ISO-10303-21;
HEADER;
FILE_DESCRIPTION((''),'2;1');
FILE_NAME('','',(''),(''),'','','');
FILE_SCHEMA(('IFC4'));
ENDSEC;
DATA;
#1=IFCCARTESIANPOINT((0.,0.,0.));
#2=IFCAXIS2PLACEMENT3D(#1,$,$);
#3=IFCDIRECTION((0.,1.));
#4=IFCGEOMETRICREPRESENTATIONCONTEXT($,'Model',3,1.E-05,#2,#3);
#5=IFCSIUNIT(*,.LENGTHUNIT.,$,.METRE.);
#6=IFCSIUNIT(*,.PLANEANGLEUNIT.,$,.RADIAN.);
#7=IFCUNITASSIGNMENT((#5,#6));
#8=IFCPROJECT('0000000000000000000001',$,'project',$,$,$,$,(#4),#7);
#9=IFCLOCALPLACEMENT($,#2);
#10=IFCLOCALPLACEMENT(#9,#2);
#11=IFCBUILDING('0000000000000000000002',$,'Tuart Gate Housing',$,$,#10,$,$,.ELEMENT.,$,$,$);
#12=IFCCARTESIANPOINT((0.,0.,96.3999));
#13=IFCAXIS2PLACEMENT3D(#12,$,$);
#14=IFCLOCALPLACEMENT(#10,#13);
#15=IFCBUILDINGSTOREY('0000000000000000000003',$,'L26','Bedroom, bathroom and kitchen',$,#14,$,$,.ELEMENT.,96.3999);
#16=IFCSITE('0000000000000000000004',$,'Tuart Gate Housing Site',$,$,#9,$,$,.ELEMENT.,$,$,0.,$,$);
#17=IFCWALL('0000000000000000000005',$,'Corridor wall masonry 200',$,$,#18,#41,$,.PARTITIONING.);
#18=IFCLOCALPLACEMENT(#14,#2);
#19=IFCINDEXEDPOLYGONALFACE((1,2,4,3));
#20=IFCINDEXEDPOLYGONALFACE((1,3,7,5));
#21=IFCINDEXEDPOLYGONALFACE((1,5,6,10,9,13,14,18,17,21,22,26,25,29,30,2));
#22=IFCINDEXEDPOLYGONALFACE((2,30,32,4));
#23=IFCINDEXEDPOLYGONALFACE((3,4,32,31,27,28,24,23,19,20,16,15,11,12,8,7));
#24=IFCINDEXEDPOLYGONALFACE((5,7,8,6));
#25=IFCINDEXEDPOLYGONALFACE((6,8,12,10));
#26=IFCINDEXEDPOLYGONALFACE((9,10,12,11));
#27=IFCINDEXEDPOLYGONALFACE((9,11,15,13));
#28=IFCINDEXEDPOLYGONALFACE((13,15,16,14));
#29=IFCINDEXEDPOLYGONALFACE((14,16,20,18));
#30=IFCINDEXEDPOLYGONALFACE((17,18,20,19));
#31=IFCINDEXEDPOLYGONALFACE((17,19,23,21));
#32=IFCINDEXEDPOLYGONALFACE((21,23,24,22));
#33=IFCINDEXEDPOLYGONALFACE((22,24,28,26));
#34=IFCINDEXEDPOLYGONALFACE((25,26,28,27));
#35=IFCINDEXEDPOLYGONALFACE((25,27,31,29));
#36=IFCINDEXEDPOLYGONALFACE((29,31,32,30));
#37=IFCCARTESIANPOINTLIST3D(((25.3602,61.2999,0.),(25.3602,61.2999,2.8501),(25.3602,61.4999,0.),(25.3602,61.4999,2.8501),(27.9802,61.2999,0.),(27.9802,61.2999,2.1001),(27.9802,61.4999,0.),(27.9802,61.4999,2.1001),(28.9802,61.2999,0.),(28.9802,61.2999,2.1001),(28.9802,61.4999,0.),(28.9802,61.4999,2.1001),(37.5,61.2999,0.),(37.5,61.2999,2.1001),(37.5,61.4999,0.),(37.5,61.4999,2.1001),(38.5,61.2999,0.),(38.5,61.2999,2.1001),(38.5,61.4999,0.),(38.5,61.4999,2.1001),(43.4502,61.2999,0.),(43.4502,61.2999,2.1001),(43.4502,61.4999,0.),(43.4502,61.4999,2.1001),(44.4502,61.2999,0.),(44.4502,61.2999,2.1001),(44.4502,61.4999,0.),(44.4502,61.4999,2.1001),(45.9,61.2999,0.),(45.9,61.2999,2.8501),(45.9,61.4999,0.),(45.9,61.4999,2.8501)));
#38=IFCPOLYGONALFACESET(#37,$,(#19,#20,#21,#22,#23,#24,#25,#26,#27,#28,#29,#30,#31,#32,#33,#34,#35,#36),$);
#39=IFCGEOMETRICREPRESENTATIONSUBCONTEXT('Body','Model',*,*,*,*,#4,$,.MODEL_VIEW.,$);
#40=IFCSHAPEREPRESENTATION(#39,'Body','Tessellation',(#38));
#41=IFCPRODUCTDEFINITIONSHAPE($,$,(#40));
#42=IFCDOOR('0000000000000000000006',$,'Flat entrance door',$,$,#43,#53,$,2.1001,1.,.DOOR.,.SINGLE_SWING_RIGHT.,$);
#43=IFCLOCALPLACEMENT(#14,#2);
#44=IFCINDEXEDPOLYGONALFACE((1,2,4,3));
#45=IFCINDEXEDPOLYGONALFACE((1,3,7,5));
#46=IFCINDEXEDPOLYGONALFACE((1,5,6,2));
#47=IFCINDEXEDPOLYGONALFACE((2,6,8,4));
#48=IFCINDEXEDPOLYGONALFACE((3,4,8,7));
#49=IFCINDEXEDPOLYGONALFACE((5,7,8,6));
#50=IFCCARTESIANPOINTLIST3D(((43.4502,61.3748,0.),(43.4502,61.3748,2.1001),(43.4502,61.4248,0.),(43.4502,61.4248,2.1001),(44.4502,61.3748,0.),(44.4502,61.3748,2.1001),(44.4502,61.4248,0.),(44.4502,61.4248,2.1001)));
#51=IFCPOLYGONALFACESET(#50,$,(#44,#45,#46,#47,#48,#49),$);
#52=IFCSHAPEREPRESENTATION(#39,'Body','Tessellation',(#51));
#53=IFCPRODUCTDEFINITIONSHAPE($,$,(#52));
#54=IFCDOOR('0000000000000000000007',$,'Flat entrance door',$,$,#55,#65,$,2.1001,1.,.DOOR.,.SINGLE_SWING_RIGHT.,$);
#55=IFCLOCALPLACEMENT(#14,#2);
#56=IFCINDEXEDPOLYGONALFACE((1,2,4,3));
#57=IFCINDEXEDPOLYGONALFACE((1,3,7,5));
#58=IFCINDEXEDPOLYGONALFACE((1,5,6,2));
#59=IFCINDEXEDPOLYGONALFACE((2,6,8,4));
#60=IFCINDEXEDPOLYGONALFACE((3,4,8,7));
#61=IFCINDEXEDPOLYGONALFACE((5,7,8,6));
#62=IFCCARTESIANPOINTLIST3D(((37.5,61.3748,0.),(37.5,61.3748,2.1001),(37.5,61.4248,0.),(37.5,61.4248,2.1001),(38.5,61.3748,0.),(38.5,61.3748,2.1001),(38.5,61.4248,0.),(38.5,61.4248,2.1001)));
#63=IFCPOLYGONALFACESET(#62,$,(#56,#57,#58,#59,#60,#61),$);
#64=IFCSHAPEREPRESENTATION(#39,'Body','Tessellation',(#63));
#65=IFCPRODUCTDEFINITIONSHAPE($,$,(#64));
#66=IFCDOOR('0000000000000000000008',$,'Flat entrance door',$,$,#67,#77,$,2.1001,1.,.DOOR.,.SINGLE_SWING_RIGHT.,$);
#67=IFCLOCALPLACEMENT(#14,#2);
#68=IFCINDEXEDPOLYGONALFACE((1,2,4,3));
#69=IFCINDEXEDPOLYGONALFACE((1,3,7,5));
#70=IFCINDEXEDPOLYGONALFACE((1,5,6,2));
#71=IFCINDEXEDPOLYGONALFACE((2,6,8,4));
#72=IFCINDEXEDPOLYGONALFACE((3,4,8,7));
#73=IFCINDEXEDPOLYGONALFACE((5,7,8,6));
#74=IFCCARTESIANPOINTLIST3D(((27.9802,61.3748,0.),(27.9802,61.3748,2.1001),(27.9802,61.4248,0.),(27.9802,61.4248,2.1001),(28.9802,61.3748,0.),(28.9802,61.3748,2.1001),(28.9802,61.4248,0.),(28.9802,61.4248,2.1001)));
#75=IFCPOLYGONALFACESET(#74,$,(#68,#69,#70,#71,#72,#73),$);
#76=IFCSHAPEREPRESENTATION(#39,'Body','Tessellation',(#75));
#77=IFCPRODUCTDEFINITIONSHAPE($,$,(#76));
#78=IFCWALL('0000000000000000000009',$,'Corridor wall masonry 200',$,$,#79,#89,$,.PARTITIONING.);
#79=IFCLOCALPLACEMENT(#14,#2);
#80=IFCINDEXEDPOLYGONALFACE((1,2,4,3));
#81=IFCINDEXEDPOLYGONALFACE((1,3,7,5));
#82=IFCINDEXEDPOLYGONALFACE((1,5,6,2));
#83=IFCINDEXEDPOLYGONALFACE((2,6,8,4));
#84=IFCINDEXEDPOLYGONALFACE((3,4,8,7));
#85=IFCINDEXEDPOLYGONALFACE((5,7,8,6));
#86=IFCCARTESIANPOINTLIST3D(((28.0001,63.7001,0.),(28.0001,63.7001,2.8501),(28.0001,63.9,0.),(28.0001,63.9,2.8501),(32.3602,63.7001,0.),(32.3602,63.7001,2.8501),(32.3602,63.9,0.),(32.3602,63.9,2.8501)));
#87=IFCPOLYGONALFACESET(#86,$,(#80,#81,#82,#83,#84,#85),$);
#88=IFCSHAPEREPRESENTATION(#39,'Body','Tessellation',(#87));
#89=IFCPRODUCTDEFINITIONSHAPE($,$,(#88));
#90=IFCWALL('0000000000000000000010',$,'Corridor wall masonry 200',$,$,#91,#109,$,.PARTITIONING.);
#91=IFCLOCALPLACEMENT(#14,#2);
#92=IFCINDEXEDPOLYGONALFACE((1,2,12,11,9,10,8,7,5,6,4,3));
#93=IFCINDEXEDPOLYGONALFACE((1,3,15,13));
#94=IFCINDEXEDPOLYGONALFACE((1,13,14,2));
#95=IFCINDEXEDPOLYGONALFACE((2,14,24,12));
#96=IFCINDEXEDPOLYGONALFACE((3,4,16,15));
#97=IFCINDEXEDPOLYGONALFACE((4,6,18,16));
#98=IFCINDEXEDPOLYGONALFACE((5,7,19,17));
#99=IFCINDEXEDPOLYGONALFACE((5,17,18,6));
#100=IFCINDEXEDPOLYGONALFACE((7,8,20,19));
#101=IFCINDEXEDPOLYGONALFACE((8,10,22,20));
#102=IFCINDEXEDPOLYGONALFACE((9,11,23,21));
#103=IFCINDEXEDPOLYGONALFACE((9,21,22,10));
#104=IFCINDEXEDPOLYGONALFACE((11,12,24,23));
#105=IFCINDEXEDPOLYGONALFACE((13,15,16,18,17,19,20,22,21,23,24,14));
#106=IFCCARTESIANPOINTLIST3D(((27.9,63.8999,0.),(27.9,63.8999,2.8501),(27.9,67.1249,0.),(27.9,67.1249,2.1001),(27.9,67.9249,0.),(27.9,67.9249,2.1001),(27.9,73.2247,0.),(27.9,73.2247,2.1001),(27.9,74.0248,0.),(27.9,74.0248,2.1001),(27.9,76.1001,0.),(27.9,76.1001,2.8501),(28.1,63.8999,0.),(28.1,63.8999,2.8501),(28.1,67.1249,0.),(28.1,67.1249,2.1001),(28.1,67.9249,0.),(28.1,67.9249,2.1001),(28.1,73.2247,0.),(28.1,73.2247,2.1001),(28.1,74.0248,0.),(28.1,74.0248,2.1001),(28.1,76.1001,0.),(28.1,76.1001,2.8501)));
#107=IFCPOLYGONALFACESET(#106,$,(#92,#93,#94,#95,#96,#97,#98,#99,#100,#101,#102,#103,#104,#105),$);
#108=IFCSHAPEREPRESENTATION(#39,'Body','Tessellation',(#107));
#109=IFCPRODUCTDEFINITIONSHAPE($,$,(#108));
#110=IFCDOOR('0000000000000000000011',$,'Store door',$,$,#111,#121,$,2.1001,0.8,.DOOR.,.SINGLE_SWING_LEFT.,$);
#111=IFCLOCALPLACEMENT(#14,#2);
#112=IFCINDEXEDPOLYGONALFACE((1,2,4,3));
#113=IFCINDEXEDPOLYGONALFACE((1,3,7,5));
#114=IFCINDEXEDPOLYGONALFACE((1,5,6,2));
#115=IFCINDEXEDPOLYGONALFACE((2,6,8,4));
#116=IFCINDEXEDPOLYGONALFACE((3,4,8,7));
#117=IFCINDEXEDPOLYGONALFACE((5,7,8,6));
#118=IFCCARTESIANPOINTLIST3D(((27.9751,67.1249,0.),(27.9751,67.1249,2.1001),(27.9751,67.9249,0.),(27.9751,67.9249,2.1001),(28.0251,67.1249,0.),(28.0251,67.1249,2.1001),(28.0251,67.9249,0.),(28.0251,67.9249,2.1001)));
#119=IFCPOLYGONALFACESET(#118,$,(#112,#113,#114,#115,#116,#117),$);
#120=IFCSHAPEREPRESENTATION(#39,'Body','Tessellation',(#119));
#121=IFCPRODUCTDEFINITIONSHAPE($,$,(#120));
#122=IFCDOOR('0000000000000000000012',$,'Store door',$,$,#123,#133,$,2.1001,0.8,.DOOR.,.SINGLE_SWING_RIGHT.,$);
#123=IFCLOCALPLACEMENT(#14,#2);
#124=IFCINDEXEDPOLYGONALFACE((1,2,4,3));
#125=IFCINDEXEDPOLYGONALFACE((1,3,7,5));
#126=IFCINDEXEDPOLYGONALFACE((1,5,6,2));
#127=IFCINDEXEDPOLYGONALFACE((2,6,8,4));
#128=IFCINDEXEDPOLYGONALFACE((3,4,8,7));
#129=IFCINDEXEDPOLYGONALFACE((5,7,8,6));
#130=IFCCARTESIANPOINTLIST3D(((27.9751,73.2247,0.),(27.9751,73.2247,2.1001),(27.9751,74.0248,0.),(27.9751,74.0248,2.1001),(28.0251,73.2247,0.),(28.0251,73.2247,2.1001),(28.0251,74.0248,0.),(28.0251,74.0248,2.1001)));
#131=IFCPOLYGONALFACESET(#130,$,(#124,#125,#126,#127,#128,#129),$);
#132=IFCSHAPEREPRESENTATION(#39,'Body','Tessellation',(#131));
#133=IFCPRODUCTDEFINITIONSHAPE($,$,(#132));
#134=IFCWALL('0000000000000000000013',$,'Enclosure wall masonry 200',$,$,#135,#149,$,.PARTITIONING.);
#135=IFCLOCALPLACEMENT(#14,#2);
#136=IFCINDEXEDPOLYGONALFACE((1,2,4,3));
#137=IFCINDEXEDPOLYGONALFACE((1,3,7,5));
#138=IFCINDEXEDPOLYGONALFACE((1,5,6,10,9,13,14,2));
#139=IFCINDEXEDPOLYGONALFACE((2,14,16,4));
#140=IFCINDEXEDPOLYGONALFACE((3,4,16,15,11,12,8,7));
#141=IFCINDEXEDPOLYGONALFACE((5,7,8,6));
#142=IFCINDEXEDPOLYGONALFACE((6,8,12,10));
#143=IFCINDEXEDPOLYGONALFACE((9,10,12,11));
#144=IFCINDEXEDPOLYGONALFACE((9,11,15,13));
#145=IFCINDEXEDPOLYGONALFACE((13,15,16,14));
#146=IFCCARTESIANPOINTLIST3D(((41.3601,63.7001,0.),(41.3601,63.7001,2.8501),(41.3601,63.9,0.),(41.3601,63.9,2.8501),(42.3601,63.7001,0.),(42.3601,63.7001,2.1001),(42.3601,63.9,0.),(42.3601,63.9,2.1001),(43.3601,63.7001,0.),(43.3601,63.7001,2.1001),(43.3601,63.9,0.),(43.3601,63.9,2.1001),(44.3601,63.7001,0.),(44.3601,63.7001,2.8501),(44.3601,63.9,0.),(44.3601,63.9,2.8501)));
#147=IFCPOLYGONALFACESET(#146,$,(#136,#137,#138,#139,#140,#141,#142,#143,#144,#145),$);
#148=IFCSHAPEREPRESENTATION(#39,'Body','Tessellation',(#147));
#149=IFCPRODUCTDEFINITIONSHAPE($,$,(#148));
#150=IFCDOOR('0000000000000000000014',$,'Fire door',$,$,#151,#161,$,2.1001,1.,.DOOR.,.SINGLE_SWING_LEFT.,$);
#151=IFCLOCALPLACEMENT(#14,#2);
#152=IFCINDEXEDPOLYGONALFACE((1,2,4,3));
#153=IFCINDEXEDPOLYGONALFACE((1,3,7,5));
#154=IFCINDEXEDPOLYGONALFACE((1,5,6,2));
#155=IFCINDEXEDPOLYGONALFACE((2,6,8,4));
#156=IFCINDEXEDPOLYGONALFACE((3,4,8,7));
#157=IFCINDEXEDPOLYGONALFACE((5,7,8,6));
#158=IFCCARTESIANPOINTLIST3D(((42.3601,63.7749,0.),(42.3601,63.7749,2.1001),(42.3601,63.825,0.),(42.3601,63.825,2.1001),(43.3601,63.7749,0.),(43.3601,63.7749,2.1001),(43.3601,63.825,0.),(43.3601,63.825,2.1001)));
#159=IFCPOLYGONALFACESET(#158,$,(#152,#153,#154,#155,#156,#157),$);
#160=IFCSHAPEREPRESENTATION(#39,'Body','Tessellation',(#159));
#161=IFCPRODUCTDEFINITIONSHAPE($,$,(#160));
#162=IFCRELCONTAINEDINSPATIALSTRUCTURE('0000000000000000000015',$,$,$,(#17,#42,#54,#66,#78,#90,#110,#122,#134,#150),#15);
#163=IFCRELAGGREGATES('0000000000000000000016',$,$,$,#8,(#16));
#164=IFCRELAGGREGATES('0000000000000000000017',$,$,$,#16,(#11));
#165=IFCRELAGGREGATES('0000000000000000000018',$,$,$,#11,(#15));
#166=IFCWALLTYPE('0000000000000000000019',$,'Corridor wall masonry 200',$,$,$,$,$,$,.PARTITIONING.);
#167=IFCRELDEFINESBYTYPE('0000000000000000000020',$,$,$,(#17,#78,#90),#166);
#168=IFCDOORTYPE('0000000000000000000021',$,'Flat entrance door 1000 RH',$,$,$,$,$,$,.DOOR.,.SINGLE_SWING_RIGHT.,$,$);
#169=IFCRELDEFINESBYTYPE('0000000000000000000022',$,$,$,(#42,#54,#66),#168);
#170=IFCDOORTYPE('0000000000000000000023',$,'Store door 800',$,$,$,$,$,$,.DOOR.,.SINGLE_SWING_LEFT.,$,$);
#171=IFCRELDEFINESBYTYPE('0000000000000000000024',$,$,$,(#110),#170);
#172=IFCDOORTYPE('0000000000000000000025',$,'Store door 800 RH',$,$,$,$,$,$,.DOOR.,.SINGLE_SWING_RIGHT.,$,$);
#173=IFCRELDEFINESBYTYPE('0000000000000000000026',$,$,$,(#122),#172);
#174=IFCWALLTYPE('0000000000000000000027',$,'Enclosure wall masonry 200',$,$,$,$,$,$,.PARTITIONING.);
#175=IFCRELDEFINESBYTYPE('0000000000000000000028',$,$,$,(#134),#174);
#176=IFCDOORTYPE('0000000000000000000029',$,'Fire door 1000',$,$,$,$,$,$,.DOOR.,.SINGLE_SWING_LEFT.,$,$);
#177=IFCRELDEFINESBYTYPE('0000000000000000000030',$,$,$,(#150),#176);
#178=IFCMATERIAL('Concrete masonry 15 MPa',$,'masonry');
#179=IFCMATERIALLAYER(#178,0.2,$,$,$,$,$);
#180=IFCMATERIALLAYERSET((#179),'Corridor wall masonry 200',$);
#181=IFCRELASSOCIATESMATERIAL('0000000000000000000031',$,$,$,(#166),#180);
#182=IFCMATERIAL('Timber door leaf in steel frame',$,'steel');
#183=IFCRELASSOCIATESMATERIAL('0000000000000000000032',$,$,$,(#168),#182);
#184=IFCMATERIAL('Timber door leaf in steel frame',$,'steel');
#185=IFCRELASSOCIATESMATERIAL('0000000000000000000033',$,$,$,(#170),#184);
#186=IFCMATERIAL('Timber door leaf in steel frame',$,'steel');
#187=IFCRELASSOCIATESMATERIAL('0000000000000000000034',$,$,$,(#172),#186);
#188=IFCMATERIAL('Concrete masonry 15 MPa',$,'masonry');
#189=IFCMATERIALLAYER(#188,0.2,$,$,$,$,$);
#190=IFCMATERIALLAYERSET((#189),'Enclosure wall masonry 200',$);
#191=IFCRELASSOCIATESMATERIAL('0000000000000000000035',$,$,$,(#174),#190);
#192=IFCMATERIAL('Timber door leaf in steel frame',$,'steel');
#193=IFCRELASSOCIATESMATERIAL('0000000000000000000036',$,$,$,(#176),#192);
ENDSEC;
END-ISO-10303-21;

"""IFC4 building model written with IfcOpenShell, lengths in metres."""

from ifc_helpers import new_model, si_unit, direction, frame, frame_2d, origin, place, context, subcontext, project, spatial, rectangle, extrude, material, layer, layer_set, type_object, element, fill, save


model = new_model("IFC4")

# Units and contexts
model_context = context("Model", 3, precision=1e-05, world=origin(), true_north=direction((0.0, 1.0)))
body_context = subcontext(model_context, "Body", "Model", "MODEL_VIEW")
ifc_project = project(units=[si_unit("LENGTHUNIT", "METRE"), si_unit("PLANEANGLEUNIT", "RADIAN")], contexts=[model_context])

# Site, building, storey
site_placement = place(None, origin())
site = spatial("IfcSite", under=ifc_project, at=site_placement, Name="Tuart Gate Housing Site", CompositionType="ELEMENT", RefElevation=0.0)
building_placement = place(site_placement, origin())
building = spatial("IfcBuilding", under=site, at=building_placement, Name="Tuart Gate Housing", CompositionType="ELEMENT")
storey_placement = place(building_placement, frame((0.0, 0.0, 96.3999)))
storey = spatial("IfcBuildingStorey", under=building, at=storey_placement, Name="L26", Description="Bedroom, bathroom and kitchen", CompositionType="ELEMENT", Elevation=96.3999)

# Wall, openings, doors
ifc_material_1 = material(Name="Concrete masonry 15 MPa", Category="masonry")
ifc_layer_1 = layer(ifc_material_1, 0.2)
ifc_layer_set_1 = layer_set([ifc_layer_1], Name="Corridor wall masonry 200")
wall_type_1 = type_object("IfcWallType", Name="Corridor wall masonry 200", PredefinedType="PARTITIONING", material=ifc_layer_set_1)
wall_1_placement = place(storey_placement, frame((25.3601, 61.3999, 0.0), z_axis=(0.0, 0.0, 1.0), x_axis=(1.0, 0.0, 0.0)))
wall_1 = element("IfcWall", 1, at=wall_1_placement, inside=storey, type_object=wall_type_1, Name="Corridor wall masonry 200", PredefinedType="PARTITIONING", context=body_context, shape_type="SweptSolid", body=[
    extrude(rectangle(XDim=20.5398, YDim=0.2, at=frame_2d((10.27, 0.0))), origin(), (0.0, 0.0, 1.0), 2.8501),
])
opening_1_placement = place(wall_1_placement, frame((18.0901, 0.0, 0.0)))
opening_1 = element("IfcOpeningElement", 2, at=opening_1_placement, cuts=wall_1, PredefinedType="OPENING", context=body_context, shape_type="SweptSolid", body=[
    extrude(rectangle(XDim=1.0, YDim=2.1001, at=frame_2d((0.5, 1.05))), frame((0.0, 0.1099, 0.0), z_axis=(0.0, -1.0, 0.0), x_axis=(1.0, 0.0, 0.0)), (0.0, 0.0, 1.0), 0.22),
])
opening_2_placement = place(wall_1_placement, frame((12.1399, 0.0, 0.0)))
opening_2 = element("IfcOpeningElement", 3, at=opening_2_placement, cuts=wall_1, PredefinedType="OPENING", context=body_context, shape_type="SweptSolid", body=[
    extrude(rectangle(XDim=1.0, YDim=2.1001, at=frame_2d((0.5, 1.05))), frame((0.0, 0.1099, 0.0), z_axis=(0.0, -1.0, 0.0), x_axis=(1.0, 0.0, 0.0)), (0.0, 0.0, 1.0), 0.22),
])
opening_3_placement = place(wall_1_placement, frame((2.6201, 0.0, 0.0)))
opening_3 = element("IfcOpeningElement", 4, at=opening_3_placement, cuts=wall_1, PredefinedType="OPENING", context=body_context, shape_type="SweptSolid", body=[
    extrude(rectangle(XDim=1.0, YDim=2.1001, at=frame_2d((0.5, 1.05))), frame((0.0, 0.1099, 0.0), z_axis=(0.0, -1.0, 0.0), x_axis=(1.0, 0.0, 0.0)), (0.0, 0.0, 1.0), 0.22),
])
ifc_material_2 = material(Name="Timber door leaf in steel frame", Category="steel")
door_type_1 = type_object("IfcDoorType", Name="Flat entrance door 1000 RH", OperationType="SINGLE_SWING_RIGHT", PredefinedType="DOOR", material=ifc_material_2)
door_1_placement = place(opening_1_placement, frame((1.0, 0.0, 0.0), z_axis=(0.0, 0.0, 1.0), x_axis=(-1.0, 0.0, 0.0)))
door_1 = element("IfcDoor", 5, at=door_1_placement, inside=storey, type_object=door_type_1, Name="Flat entrance door", OperationType="SINGLE_SWING_RIGHT", OverallHeight=2.1001, OverallWidth=1.0, PredefinedType="DOOR", context=body_context, shape_type="SweptSolid", body=[
    extrude(rectangle(XDim=1.0, YDim=2.1001, at=frame_2d((0.5, 1.05))), frame((0.0, 0.0251, 0.0), z_axis=(0.0, -1.0, 0.0), x_axis=(1.0, 0.0, 0.0)), (0.0, 0.0, 1.0), 0.05),
])
fill(opening_1, door_1)
door_2_placement = place(opening_2_placement, frame((1.0, 0.0, 0.0), z_axis=(0.0, 0.0, 1.0), x_axis=(-1.0, 0.0, 0.0)))
door_2 = element("IfcDoor", 6, at=door_2_placement, inside=storey, type_object=door_type_1, Name="Flat entrance door", OperationType="SINGLE_SWING_RIGHT", OverallHeight=2.1001, OverallWidth=1.0, PredefinedType="DOOR", context=body_context, shape_type="SweptSolid", body=[
    extrude(rectangle(XDim=1.0, YDim=2.1001, at=frame_2d((0.5, 1.05))), frame((0.0, 0.0251, 0.0), z_axis=(0.0, -1.0, 0.0), x_axis=(1.0, 0.0, 0.0)), (0.0, 0.0, 1.0), 0.05),
])
fill(opening_2, door_2)
door_3_placement = place(opening_3_placement, frame((1.0, 0.0, 0.0), z_axis=(0.0, 0.0, 1.0), x_axis=(-1.0, 0.0, 0.0)))
door_3 = element("IfcDoor", 7, at=door_3_placement, inside=storey, type_object=door_type_1, Name="Flat entrance door", OperationType="SINGLE_SWING_RIGHT", OverallHeight=2.1001, OverallWidth=1.0, PredefinedType="DOOR", context=body_context, shape_type="SweptSolid", body=[
    extrude(rectangle(XDim=1.0, YDim=2.1001, at=frame_2d((0.5, 1.05))), frame((0.0, 0.0251, 0.0), z_axis=(0.0, -1.0, 0.0), x_axis=(1.0, 0.0, 0.0)), (0.0, 0.0, 1.0), 0.05),
])
fill(opening_3, door_3)

# Wall
wall_2_placement = place(storey_placement, frame((28.0, 63.8, 0.0), z_axis=(0.0, 0.0, 1.0), x_axis=(1.0, 0.0, 0.0)))
element("IfcWall", 8, at=wall_2_placement, inside=storey, type_object=wall_type_1, Name="Corridor wall masonry 200", PredefinedType="PARTITIONING", context=body_context, shape_type="SweptSolid", body=[
    extrude(rectangle(XDim=4.3601, YDim=0.2, at=frame_2d((2.1802, 0.0))), origin(), (0.0, 0.0, 1.0), 2.8501),
])

# Wall, openings, doors
wall_3_placement = place(storey_placement, frame((28.0, 63.8999, 0.0), z_axis=(0.0, 0.0, 1.0), x_axis=(0.0, 1.0, 0.0)))
wall_3 = element("IfcWall", 9, at=wall_3_placement, inside=storey, type_object=wall_type_1, Name="Corridor wall masonry 200", PredefinedType="PARTITIONING", context=body_context, shape_type="SweptSolid", body=[
    extrude(rectangle(XDim=12.2002, YDim=0.2, at=frame_2d((6.1001, 0.0))), origin(), (0.0, 0.0, 1.0), 2.8501),
])
opening_4_placement = place(wall_3_placement, frame((3.2251, 0.0, 0.0)))
opening_4 = element("IfcOpeningElement", 10, at=opening_4_placement, cuts=wall_3, PredefinedType="OPENING", context=body_context, shape_type="SweptSolid", body=[
    extrude(rectangle(XDim=0.8, YDim=2.1001, at=frame_2d((0.3999, 1.05))), frame((0.0, 0.1099, 0.0), z_axis=(0.0, -1.0, 0.0), x_axis=(1.0, 0.0, 0.0)), (0.0, 0.0, 1.0), 0.22),
])
opening_5_placement = place(wall_3_placement, frame((9.325, 0.0, 0.0)))
opening_5 = element("IfcOpeningElement", 11, at=opening_5_placement, cuts=wall_3, PredefinedType="OPENING", context=body_context, shape_type="SweptSolid", body=[
    extrude(rectangle(XDim=0.8, YDim=2.1001, at=frame_2d((0.3999, 1.05))), frame((0.0, 0.1099, 0.0), z_axis=(0.0, -1.0, 0.0), x_axis=(1.0, 0.0, 0.0)), (0.0, 0.0, 1.0), 0.22),
])
ifc_material_3 = material(Name="Timber door leaf in steel frame", Category="steel")
door_type_2 = type_object("IfcDoorType", Name="Store door 800", OperationType="SINGLE_SWING_LEFT", PredefinedType="DOOR", material=ifc_material_3)
door_4_placement = place(opening_4_placement, frame((0.8, 0.0, 0.0), z_axis=(0.0, 0.0, 1.0), x_axis=(-1.0, 0.0, 0.0)))
door_4 = element("IfcDoor", 12, at=door_4_placement, inside=storey, type_object=door_type_2, Name="Store door", OperationType="SINGLE_SWING_LEFT", OverallHeight=2.1001, OverallWidth=0.8, PredefinedType="DOOR", context=body_context, shape_type="SweptSolid", body=[
    extrude(rectangle(XDim=0.8, YDim=2.1001, at=frame_2d((0.4001, 1.05))), frame((0.0, 0.0251, 0.0), z_axis=(0.0, -1.0, 0.0), x_axis=(1.0, 0.0, 0.0)), (0.0, 0.0, 1.0), 0.05),
])
fill(opening_4, door_4)
ifc_material_4 = material(Name="Timber door leaf in steel frame", Category="steel")
door_type_3 = type_object("IfcDoorType", Name="Store door 800 RH", OperationType="SINGLE_SWING_RIGHT", PredefinedType="DOOR", material=ifc_material_4)
door_5_placement = place(opening_5_placement, frame((0.8, 0.0, 0.0), z_axis=(0.0, 0.0, 1.0), x_axis=(-1.0, 0.0, 0.0)))
door_5 = element("IfcDoor", 13, at=door_5_placement, inside=storey, type_object=door_type_3, Name="Store door", OperationType="SINGLE_SWING_RIGHT", OverallHeight=2.1001, OverallWidth=0.8, PredefinedType="DOOR", context=body_context, shape_type="SweptSolid", body=[
    extrude(rectangle(XDim=0.8, YDim=2.1001, at=frame_2d((0.4001, 1.05))), frame((0.0, 0.0251, 0.0), z_axis=(0.0, -1.0, 0.0), x_axis=(1.0, 0.0, 0.0)), (0.0, 0.0, 1.0), 0.05),
])
fill(opening_5, door_5)

# Wall, opening, door
ifc_material_5 = material(Name="Concrete masonry 15 MPa", Category="masonry")
ifc_layer_2 = layer(ifc_material_5, 0.2)
ifc_layer_set_2 = layer_set([ifc_layer_2], Name="Enclosure wall masonry 200")
wall_type_2 = type_object("IfcWallType", Name="Enclosure wall masonry 200", PredefinedType="PARTITIONING", material=ifc_layer_set_2)
wall_4_placement = place(storey_placement, frame((41.3601, 63.8, 0.0), z_axis=(0.0, 0.0, 1.0), x_axis=(1.0, 0.0, 0.0)))
wall_4 = element("IfcWall", 14, at=wall_4_placement, inside=storey, type_object=wall_type_2, Name="Enclosure wall masonry 200", PredefinedType="PARTITIONING", context=body_context, shape_type="SweptSolid", body=[
    extrude(rectangle(XDim=3.0, YDim=0.2, at=frame_2d((1.5, 0.0))), origin(), (0.0, 0.0, 1.0), 2.8501),
])
opening_6_placement = place(wall_4_placement, frame((1.0, 0.0, 0.0)))
opening_6 = element("IfcOpeningElement", 15, at=opening_6_placement, cuts=wall_4, PredefinedType="OPENING", context=body_context, shape_type="SweptSolid", body=[
    extrude(rectangle(XDim=1.0, YDim=2.1001, at=frame_2d((0.5, 1.05))), frame((0.0, 0.1099, 0.0), z_axis=(0.0, -1.0, 0.0), x_axis=(1.0, 0.0, 0.0)), (0.0, 0.0, 1.0), 0.22),
])
ifc_material_6 = material(Name="Timber door leaf in steel frame", Category="steel")
door_type_4 = type_object("IfcDoorType", Name="Fire door 1000", OperationType="SINGLE_SWING_LEFT", PredefinedType="DOOR", material=ifc_material_6)
door_6_placement = place(opening_6_placement, frame((1.0, 0.0, 0.0), z_axis=(0.0, 0.0, 1.0), x_axis=(-1.0, 0.0, 0.0)))
door_6 = element("IfcDoor", 16, at=door_6_placement, inside=storey, type_object=door_type_4, Name="Fire door", OperationType="SINGLE_SWING_LEFT", OverallHeight=2.1001, OverallWidth=1.0, PredefinedType="DOOR", context=body_context, shape_type="SweptSolid", body=[
    extrude(rectangle(XDim=1.0, YDim=2.1001, at=frame_2d((0.5, 1.05))), frame((0.0, 0.0251, 0.0), z_axis=(0.0, -1.0, 0.0), x_axis=(1.0, 0.0, 0.0)), (0.0, 0.0, 1.0), 0.05),
])
fill(opening_6, door_6)

save(model, "model.ifc")
